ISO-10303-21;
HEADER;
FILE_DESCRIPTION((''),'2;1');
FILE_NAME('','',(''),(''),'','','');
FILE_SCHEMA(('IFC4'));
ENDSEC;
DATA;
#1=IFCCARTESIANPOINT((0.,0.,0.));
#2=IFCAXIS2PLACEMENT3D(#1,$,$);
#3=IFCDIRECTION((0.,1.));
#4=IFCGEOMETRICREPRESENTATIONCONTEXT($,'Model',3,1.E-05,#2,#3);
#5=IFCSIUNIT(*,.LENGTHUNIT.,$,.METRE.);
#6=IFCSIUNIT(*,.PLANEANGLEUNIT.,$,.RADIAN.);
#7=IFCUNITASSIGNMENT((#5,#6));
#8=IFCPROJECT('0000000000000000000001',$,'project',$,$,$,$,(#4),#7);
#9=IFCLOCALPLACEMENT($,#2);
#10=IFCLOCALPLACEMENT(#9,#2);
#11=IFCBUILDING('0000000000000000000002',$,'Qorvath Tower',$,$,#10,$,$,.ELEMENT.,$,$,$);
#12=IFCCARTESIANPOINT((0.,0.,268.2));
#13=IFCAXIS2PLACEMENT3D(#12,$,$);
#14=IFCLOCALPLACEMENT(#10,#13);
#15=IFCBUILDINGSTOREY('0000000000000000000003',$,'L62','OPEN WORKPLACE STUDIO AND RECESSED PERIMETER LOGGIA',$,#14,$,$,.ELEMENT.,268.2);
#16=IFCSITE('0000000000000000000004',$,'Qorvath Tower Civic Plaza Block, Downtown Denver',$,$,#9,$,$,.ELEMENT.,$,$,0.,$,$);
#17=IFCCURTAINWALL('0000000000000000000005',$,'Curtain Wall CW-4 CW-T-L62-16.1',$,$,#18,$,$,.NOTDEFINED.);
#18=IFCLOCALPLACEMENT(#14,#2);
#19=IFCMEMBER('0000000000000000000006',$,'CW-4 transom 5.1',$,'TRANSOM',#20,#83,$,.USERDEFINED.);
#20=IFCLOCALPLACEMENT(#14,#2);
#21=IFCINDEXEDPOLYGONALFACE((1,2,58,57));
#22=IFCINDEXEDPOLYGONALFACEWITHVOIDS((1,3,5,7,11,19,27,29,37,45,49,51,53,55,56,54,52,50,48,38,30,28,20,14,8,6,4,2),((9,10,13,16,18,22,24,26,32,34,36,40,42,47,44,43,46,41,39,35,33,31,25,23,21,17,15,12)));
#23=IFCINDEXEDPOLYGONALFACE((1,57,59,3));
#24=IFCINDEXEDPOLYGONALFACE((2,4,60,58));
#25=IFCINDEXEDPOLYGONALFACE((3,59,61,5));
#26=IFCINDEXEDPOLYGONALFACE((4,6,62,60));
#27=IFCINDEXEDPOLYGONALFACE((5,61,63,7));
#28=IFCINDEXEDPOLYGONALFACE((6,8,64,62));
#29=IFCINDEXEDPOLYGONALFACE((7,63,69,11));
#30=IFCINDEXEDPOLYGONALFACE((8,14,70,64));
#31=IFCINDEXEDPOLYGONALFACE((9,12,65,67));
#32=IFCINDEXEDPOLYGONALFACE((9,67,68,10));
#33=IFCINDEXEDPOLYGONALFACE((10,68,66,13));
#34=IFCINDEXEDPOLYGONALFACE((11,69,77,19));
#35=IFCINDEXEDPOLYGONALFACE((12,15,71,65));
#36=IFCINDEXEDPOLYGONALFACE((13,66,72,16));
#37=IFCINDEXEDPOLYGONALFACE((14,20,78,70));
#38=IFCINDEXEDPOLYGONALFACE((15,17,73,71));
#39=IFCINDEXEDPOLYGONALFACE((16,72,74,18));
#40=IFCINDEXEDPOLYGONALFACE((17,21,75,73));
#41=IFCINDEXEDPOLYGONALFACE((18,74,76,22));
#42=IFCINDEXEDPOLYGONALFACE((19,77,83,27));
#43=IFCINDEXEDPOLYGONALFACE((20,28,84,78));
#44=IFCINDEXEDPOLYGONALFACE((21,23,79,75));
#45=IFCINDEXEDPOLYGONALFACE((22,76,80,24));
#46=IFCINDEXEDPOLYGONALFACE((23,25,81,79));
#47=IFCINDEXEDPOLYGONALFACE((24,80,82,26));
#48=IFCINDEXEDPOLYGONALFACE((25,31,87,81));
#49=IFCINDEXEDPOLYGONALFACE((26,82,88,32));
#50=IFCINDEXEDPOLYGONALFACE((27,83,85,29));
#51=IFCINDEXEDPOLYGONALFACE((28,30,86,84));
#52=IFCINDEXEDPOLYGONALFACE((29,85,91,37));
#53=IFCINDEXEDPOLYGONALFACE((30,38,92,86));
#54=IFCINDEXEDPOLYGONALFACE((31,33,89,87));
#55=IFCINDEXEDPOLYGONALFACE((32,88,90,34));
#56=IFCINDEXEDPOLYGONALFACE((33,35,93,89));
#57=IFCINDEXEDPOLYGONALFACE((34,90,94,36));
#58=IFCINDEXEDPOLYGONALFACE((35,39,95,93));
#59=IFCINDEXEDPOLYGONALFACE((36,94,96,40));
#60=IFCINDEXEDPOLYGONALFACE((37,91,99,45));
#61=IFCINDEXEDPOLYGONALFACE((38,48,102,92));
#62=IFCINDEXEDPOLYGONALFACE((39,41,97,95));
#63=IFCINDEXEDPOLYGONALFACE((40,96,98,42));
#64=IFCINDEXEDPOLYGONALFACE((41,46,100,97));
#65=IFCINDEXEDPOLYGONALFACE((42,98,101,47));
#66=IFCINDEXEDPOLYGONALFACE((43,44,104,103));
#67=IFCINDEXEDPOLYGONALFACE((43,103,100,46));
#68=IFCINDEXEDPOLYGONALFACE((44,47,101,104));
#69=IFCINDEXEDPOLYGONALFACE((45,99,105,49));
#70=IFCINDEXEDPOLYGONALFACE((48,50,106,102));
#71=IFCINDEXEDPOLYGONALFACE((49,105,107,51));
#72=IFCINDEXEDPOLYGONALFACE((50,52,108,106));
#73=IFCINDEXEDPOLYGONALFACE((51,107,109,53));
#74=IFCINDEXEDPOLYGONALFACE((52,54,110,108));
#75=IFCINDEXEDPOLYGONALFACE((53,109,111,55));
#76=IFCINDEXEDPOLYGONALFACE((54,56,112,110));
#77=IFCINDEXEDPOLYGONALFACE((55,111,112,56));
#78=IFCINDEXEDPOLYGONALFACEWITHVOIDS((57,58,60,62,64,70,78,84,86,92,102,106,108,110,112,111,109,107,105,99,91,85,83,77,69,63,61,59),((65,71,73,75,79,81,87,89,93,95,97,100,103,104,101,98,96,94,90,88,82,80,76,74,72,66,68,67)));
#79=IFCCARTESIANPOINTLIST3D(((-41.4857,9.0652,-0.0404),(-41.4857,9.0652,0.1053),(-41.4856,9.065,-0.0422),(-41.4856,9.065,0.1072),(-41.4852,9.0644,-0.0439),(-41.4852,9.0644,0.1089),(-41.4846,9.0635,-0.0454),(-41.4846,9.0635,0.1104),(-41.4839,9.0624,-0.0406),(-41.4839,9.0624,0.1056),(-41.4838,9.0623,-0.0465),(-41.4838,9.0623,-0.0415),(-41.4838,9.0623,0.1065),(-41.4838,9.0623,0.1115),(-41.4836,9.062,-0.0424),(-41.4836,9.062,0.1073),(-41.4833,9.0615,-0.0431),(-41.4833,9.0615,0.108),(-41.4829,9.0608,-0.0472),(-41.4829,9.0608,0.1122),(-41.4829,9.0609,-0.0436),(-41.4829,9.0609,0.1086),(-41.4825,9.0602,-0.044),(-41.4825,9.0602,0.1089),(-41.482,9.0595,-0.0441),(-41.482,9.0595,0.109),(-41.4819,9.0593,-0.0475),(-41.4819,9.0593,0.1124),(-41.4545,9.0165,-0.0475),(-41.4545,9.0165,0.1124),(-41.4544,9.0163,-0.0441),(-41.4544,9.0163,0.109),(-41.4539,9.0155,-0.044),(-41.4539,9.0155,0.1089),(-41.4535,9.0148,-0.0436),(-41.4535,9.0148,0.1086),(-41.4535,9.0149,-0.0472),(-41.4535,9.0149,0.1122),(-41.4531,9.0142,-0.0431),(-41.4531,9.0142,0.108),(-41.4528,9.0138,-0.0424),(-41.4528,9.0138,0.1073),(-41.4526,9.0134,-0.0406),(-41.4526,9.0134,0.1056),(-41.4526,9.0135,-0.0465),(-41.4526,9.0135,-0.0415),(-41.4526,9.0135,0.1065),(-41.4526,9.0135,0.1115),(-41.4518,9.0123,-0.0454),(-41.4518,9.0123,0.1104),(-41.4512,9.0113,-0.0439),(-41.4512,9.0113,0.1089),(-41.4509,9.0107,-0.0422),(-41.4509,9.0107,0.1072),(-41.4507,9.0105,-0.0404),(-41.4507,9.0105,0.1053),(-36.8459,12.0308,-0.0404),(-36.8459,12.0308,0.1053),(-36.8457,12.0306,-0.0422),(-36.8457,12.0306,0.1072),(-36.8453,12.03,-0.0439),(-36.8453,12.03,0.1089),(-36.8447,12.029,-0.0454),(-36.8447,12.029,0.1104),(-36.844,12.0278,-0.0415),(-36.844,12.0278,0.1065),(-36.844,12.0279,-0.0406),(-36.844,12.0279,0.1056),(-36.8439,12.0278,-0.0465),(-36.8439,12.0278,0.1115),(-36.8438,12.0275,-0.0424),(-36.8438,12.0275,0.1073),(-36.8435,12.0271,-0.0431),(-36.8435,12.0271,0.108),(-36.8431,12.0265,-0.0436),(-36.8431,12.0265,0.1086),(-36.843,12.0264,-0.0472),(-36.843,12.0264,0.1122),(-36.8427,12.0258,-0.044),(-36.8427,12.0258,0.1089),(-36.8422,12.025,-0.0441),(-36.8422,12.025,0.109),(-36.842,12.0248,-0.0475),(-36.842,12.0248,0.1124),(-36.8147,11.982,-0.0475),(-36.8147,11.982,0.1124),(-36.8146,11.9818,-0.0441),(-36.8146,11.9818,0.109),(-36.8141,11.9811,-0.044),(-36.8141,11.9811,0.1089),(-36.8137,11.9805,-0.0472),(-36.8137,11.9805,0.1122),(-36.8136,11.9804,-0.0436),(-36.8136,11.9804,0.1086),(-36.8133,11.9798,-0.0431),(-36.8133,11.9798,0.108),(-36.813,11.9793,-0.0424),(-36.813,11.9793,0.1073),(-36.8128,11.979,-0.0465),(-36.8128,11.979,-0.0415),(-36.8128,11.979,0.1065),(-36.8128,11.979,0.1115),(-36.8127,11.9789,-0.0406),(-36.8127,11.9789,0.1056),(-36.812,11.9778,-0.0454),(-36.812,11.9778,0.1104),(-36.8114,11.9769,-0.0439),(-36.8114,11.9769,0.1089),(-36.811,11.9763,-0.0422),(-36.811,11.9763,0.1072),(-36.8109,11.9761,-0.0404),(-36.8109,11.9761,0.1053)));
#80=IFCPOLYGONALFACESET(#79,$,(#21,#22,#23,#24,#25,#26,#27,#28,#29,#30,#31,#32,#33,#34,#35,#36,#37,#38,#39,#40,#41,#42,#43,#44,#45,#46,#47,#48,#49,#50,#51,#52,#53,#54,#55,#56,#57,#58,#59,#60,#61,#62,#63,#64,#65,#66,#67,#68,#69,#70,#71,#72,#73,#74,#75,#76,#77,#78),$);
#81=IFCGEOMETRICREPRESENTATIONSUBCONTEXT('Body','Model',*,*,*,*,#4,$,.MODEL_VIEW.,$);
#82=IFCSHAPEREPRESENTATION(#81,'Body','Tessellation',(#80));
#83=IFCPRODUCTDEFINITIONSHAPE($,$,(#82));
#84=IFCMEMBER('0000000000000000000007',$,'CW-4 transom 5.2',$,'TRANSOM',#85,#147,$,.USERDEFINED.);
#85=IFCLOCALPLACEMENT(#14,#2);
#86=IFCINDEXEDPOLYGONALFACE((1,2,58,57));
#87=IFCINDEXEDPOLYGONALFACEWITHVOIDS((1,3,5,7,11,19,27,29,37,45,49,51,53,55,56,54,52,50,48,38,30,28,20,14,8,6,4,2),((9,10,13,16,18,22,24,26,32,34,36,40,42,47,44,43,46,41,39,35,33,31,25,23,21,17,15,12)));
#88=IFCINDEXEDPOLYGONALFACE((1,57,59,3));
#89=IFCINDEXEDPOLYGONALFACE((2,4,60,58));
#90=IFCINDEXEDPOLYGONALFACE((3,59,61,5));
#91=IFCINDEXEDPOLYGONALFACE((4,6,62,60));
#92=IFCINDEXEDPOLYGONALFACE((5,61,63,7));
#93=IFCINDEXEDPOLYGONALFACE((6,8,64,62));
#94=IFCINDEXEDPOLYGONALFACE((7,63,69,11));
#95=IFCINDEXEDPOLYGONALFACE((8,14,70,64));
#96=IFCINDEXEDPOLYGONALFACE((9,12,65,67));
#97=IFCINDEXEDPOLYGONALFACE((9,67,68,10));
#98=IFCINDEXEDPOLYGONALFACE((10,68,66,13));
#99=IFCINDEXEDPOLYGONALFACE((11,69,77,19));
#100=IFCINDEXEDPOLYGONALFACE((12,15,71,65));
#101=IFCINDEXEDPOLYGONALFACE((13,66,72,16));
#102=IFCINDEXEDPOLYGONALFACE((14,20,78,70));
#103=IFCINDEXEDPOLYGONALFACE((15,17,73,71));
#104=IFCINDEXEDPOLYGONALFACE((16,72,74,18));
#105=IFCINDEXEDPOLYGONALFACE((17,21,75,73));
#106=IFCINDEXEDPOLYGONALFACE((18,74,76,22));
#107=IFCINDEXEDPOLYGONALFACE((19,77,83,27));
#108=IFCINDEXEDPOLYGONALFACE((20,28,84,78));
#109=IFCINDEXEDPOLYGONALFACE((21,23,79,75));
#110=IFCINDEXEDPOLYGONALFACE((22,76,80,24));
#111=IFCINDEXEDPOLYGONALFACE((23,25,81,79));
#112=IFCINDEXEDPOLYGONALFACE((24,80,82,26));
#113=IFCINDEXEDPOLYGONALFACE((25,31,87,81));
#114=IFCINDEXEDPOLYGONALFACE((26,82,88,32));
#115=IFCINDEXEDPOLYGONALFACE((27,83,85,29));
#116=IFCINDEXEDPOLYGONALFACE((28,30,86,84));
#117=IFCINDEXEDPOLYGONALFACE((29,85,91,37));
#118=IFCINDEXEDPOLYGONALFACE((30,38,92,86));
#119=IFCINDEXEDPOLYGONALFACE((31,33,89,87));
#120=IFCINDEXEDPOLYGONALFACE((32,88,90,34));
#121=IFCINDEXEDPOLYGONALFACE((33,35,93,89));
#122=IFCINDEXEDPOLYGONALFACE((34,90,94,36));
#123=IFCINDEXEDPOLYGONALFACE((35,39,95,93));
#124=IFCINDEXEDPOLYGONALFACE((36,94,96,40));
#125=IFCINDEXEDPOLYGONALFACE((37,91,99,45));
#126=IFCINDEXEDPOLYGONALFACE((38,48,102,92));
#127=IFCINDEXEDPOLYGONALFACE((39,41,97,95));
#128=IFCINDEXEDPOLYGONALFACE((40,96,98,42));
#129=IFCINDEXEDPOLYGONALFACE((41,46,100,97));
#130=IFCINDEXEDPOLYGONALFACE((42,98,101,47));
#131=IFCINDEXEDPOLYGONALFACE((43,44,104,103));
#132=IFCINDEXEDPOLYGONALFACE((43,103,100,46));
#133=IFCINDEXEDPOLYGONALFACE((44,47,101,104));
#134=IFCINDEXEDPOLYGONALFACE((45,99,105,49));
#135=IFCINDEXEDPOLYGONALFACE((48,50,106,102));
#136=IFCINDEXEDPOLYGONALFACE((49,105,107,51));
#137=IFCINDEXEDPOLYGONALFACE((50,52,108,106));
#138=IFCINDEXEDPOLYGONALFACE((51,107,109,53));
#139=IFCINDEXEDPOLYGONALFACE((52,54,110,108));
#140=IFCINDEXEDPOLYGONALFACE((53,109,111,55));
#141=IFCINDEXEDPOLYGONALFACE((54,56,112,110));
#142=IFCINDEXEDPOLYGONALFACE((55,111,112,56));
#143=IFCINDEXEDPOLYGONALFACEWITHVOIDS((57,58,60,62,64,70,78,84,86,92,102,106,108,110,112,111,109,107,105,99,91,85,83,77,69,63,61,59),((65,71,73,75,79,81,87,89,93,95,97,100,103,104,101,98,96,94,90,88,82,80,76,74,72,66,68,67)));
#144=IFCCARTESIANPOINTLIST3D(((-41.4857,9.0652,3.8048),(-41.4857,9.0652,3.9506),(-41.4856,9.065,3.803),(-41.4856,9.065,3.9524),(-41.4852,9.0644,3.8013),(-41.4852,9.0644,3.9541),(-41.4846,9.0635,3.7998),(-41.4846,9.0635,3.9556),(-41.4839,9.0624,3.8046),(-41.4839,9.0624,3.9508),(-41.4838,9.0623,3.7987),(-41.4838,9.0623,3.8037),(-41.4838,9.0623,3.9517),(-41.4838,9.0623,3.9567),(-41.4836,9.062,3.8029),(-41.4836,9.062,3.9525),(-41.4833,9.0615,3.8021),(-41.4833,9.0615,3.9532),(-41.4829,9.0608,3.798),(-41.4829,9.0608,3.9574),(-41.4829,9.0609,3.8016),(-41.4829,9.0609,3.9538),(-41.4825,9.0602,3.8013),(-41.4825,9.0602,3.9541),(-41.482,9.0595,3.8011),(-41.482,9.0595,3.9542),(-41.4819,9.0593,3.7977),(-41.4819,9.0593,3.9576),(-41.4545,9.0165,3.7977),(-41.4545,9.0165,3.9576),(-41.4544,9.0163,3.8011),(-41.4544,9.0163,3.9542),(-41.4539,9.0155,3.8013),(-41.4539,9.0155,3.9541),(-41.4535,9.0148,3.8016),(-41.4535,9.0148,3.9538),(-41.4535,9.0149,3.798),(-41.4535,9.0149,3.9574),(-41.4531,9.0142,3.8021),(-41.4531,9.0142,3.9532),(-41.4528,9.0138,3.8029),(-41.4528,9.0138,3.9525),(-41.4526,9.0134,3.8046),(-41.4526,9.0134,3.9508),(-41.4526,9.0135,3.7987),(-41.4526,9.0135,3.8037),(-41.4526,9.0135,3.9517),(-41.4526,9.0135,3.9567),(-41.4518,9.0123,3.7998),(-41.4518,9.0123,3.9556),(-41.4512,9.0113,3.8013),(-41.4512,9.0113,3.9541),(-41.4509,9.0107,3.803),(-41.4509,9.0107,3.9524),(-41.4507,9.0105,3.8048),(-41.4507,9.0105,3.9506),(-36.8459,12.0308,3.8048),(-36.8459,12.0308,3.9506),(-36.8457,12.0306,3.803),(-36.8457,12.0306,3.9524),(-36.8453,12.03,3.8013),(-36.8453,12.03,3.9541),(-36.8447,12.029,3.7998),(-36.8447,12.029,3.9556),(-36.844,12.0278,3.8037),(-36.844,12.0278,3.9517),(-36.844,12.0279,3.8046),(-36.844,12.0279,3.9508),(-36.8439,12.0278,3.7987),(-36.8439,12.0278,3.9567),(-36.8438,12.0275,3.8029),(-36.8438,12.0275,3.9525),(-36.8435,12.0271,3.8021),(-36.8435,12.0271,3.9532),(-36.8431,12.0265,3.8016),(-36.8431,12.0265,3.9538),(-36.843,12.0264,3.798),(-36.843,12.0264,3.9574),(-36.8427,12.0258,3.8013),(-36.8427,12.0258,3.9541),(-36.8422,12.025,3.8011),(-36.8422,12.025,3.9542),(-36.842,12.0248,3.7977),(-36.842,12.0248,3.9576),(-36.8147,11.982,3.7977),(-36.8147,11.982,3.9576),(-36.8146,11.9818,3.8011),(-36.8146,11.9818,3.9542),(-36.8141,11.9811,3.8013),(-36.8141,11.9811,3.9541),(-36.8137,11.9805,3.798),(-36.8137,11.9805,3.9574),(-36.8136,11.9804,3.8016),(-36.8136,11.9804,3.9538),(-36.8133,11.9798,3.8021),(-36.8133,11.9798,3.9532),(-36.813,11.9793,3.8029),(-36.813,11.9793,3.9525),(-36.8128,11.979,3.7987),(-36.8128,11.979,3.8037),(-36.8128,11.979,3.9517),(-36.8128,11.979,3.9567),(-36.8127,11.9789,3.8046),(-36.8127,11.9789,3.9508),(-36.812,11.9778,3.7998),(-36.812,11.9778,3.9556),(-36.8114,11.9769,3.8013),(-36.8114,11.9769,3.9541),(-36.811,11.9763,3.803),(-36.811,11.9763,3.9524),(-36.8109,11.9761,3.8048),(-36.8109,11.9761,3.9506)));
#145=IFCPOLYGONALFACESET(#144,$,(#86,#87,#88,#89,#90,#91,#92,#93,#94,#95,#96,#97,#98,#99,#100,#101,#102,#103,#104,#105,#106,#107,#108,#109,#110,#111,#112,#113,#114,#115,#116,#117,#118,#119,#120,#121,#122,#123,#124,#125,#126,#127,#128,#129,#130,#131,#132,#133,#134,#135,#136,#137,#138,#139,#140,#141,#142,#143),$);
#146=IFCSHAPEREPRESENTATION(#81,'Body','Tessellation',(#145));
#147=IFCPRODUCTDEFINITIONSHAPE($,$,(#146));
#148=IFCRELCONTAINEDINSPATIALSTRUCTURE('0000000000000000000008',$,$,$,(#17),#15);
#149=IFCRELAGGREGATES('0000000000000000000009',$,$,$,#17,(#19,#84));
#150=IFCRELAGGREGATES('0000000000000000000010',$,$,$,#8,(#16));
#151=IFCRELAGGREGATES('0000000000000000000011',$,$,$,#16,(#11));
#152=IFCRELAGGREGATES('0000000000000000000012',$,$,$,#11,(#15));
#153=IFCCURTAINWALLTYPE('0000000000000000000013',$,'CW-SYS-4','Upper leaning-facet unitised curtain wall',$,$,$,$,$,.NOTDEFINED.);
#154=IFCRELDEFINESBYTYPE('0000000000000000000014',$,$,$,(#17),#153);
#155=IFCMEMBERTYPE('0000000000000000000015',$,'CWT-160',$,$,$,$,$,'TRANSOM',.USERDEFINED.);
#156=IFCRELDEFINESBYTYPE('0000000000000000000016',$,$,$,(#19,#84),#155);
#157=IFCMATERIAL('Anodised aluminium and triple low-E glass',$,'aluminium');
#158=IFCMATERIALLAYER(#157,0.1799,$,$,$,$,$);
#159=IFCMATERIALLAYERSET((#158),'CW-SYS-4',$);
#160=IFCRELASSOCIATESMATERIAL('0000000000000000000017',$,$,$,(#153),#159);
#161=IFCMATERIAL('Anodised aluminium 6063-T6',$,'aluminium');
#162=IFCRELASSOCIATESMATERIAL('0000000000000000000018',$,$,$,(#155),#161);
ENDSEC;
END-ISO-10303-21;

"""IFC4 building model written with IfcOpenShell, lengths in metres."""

from ifc_helpers import new_model, si_unit, direction, frame, origin, origin_2d, place, context, subcontext, project, spatial, hollow_rectangle, extrude, material, layer, layer_set, material_profile, profile_set, type_object, element, aggregate, save


model = new_model("IFC4")

# Units and contexts
model_context = context("Model", 3, precision=1e-05, world=origin(), true_north=direction((0.0, 1.0)))
body_context = subcontext(model_context, "Body", "Model", "MODEL_VIEW")
ifc_project = project(units=[si_unit("LENGTHUNIT", "METRE"), si_unit("PLANEANGLEUNIT", "RADIAN")], contexts=[model_context])

# Site, building, storey
site_placement = place(None, origin())
site = spatial("IfcSite", under=ifc_project, at=site_placement, Name="Qorvath Tower Civic Plaza Block, Downtown Denver", CompositionType="ELEMENT", RefElevation=0.0)
building_placement = place(site_placement, origin())
building = spatial("IfcBuilding", under=site, at=building_placement, Name="Qorvath Tower", CompositionType="ELEMENT")
storey_placement = place(building_placement, frame((0.0, 0.0, 268.2)))
storey = spatial("IfcBuildingStorey", under=building, at=storey_placement, Name="L62", Description="OPEN WORKPLACE STUDIO AND RECESSED PERIMETER LOGGIA", CompositionType="ELEMENT", Elevation=268.2)

# Curtain wall, members
ifc_material_1 = material(Name="Anodised aluminium and triple low-E glass", Category="aluminium")
ifc_layer_1 = layer(ifc_material_1, 0.1799)
ifc_layer_set_1 = layer_set([ifc_layer_1], Name="CW-SYS-4")
curtain_wall_type = type_object("IfcCurtainWallType", Name="CW-SYS-4", Description="Upper leaning-facet unitised curtain wall", PredefinedType="NOTDEFINED", material=ifc_layer_set_1)
curtain_wall_placement = place(storey_placement, origin())
curtain_wall = element("IfcCurtainWall", 1, at=curtain_wall_placement, inside=storey, type_object=curtain_wall_type, Name="Curtain Wall CW-4 CW-T-L62-16.1", PredefinedType="NOTDEFINED")
ifc_material_2 = material(Name="Anodised aluminium 6063-T6", Category="aluminium")
ifc_material_profile_1 = material_profile(ifc_material_2, hollow_rectangle(XDim=0.0649, YDim=0.1599, WallThickness=0.0034, InnerFilletRadius=0.0034, OuterFilletRadius=0.0071, at=origin_2d()), Name="CWT 160x65")
ifc_profile_set_1 = profile_set([ifc_material_profile_1], Name="Anodised aluminium 6063-T6")
member_type_1 = type_object("IfcMemberType", Name="CWT-160", ElementType="TRANSOM", PredefinedType="USERDEFINED", material=ifc_profile_set_1)
member_1_placement = place(storey_placement, frame((-36.8284, 12.0034, 0.0325), z_axis=(-0.842597, -0.538544, 0.0), x_axis=(0.538544, -0.842597, 0.0)))
member_1 = element("IfcMember", 2, at=member_1_placement, type_object=member_type_1, Name="CW-4 transom 5.1", ObjectType="TRANSOM", PredefinedType="USERDEFINED", context=body_context, shape_type="SweptSolid", body=[
    extrude(hollow_rectangle(XDim=0.0649, YDim=0.1599, WallThickness=0.0034, InnerFilletRadius=0.0034, OuterFilletRadius=0.0071, at=origin_2d()), origin(), (0.0, 0.0, 1.0), 5.5066),
])
member_2_placement = place(storey_placement, frame((-36.8284, 12.0034, 3.8777), z_axis=(-0.842597, -0.538544, 0.0), x_axis=(0.538544, -0.842597, 0.0)))
member_2 = element("IfcMember", 3, at=member_2_placement, type_object=member_type_1, Name="CW-4 transom 5.2", ObjectType="TRANSOM", PredefinedType="USERDEFINED", context=body_context, shape_type="SweptSolid", body=[
    extrude(hollow_rectangle(XDim=0.0649, YDim=0.1599, WallThickness=0.0034, InnerFilletRadius=0.0034, OuterFilletRadius=0.0071, at=origin_2d()), origin(), (0.0, 0.0, 1.0), 5.5066),
])
aggregate(curtain_wall, [member_1, member_2])

save(model, "model.ifc")
